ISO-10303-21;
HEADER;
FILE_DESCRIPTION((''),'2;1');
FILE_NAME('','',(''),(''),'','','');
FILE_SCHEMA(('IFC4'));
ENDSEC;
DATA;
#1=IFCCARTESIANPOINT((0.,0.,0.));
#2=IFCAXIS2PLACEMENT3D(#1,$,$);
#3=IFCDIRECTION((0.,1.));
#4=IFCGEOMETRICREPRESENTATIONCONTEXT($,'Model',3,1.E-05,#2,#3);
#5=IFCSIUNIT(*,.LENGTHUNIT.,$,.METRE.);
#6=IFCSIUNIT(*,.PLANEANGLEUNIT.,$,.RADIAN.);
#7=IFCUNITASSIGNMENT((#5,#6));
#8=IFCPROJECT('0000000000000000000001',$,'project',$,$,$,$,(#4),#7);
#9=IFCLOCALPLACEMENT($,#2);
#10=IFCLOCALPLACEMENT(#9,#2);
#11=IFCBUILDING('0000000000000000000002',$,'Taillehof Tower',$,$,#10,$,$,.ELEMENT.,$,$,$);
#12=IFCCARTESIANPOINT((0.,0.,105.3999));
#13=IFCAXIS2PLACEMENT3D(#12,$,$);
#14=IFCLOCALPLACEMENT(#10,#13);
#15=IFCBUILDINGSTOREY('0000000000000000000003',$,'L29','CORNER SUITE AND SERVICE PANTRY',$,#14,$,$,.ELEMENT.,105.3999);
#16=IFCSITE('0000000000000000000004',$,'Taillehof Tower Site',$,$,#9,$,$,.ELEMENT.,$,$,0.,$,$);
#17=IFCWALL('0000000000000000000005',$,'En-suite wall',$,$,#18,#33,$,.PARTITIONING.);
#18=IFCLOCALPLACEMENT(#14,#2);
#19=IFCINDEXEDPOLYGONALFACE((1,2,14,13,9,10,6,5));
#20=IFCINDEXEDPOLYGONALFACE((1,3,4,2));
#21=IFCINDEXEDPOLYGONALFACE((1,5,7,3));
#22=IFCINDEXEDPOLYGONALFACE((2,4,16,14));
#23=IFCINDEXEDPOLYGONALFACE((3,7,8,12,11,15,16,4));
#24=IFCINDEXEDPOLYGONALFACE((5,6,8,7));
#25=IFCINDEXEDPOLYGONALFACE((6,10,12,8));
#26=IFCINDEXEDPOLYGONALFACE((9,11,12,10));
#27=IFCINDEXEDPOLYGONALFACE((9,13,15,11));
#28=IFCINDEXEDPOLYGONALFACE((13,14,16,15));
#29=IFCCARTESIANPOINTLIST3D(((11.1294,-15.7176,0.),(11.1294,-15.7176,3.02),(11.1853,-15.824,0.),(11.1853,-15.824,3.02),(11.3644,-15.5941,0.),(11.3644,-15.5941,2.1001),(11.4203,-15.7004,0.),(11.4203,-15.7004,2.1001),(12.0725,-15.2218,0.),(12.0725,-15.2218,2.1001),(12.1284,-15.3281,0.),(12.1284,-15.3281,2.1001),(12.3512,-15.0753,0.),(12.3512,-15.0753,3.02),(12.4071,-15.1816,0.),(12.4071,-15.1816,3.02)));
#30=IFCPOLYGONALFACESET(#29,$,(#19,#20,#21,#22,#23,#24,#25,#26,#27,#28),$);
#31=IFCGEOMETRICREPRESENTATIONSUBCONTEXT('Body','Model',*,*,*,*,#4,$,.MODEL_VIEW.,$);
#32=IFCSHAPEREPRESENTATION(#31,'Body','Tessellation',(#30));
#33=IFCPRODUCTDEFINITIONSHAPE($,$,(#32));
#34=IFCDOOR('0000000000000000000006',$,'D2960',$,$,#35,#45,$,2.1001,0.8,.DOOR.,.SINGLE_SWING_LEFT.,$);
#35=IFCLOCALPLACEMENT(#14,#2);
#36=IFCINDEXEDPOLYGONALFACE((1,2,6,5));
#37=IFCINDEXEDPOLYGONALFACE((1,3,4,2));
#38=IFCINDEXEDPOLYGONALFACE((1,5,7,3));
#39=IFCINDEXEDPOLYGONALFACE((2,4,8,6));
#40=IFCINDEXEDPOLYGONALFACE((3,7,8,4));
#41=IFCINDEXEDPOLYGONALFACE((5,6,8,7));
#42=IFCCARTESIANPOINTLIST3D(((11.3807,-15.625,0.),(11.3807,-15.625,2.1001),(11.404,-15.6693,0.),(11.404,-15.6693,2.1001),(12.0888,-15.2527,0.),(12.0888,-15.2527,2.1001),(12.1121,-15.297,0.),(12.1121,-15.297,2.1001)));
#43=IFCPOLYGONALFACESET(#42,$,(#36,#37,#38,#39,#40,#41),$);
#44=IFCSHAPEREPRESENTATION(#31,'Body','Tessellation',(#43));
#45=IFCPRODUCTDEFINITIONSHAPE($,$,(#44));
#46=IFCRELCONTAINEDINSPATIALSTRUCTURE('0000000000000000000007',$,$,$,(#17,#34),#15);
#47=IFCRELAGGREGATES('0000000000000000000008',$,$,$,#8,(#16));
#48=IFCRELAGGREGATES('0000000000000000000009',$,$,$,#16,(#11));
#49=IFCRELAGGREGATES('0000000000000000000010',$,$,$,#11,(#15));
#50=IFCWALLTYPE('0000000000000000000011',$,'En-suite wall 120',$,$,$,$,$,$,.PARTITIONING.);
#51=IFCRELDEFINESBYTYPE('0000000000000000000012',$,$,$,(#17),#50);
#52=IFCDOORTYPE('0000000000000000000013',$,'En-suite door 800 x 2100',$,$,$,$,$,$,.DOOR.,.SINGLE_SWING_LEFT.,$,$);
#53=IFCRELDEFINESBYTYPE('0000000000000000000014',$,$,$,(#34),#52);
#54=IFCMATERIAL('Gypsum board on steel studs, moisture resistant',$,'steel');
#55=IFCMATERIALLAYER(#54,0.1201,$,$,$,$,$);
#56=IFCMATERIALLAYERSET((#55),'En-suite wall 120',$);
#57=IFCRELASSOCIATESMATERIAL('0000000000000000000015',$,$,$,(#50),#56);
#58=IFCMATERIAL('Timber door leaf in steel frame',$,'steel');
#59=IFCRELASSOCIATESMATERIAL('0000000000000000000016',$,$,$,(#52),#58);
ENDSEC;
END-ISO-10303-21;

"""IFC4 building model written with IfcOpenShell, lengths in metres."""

from ifc_helpers import new_model, si_unit, direction, frame, frame_2d, origin, place, context, subcontext, project, spatial, rectangle, extrude, material, layer, layer_set, type_object, element, fill, save


model = new_model("IFC4")

# Units and contexts
model_context = context("Model", 3, precision=1e-05, world=origin(), true_north=direction((0.0, 1.0)))
body_context = subcontext(model_context, "Body", "Model", "MODEL_VIEW")
ifc_project = project(units=[si_unit("LENGTHUNIT", "METRE"), si_unit("PLANEANGLEUNIT", "RADIAN")], contexts=[model_context])

# Site, building, storey
site_placement = place(None, origin())
site = spatial("IfcSite", under=ifc_project, at=site_placement, Name="Taillehof Tower Site", CompositionType="ELEMENT", RefElevation=0.0)
building_placement = place(site_placement, origin())
building = spatial("IfcBuilding", under=site, at=building_placement, Name="Taillehof Tower", CompositionType="ELEMENT")
storey_placement = place(building_placement, frame((0.0, 0.0, 105.3999)))
storey = spatial("IfcBuildingStorey", under=building, at=storey_placement, Name="L29", Description="CORNER SUITE AND SERVICE PANTRY", CompositionType="ELEMENT", Elevation=105.3999)

# Shared definitions
ifc_material_1 = material(Name="Gypsum board on steel studs, moisture resistant", Category="steel")
ifc_layer_1 = layer(ifc_material_1, 0.1201)
ifc_layer_set_1 = layer_set([ifc_layer_1], Name="En-suite wall 120")
wall_type_1 = type_object("IfcWallType", Name="En-suite wall 120", PredefinedType="PARTITIONING", material=ifc_layer_set_1)

# Wall, opening, door
wall_1_placement = place(storey_placement, frame((12.3792, -15.1284, 0.0), z_axis=(0.0, 0.0, 1.0), x_axis=(-0.885114, -0.465375, 0.0)))
wall_1 = element("IfcWall", 1, at=wall_1_placement, inside=storey, type_object=wall_type_1, Name="En-suite wall", PredefinedType="PARTITIONING", context=body_context, shape_type="SweptSolid", body=[
    extrude(rectangle(XDim=1.3804, YDim=0.1201, at=frame_2d((0.6902, 0.0))), origin(), (0.0, 0.0, 1.0), 3.02),
])
opening_1_placement = place(wall_1_placement, frame((0.3149, 0.0, 0.0)))
opening_1 = element("IfcOpeningElement", 2, at=opening_1_placement, cuts=wall_1, PredefinedType="OPENING", context=body_context, shape_type="SweptSolid", body=[
    extrude(rectangle(XDim=0.8, YDim=2.1001, at=frame_2d((0.3999, 1.05))), frame((0.0, 0.0701, 0.0), z_axis=(0.0, -1.0, 0.0), x_axis=(1.0, 0.0, 0.0)), (0.0, 0.0, 1.0), 0.1401),
])
ifc_material_2 = material(Name="Timber door leaf in steel frame", Category="steel")
door_type_1 = type_object("IfcDoorType", Name="En-suite door 800 x 2100", OperationType="SINGLE_SWING_LEFT", PredefinedType="DOOR", material=ifc_material_2)
door_1_placement = place(opening_1_placement, origin())
door_1 = element("IfcDoor", 3, at=door_1_placement, inside=storey, type_object=door_type_1, Name="D2960", OperationType="SINGLE_SWING_LEFT", OverallHeight=2.1001, OverallWidth=0.8, PredefinedType="DOOR", context=body_context, shape_type="SweptSolid", body=[
    extrude(rectangle(XDim=0.8, YDim=2.1001, at=frame_2d((0.3999, 1.05))), frame((0.0, 0.0249, 0.0), z_axis=(0.0, -1.0, 0.0), x_axis=(1.0, 0.0, 0.0)), (0.0, 0.0, 1.0), 0.05),
])
fill(opening_1, door_1)

save(model, "model.ifc")
